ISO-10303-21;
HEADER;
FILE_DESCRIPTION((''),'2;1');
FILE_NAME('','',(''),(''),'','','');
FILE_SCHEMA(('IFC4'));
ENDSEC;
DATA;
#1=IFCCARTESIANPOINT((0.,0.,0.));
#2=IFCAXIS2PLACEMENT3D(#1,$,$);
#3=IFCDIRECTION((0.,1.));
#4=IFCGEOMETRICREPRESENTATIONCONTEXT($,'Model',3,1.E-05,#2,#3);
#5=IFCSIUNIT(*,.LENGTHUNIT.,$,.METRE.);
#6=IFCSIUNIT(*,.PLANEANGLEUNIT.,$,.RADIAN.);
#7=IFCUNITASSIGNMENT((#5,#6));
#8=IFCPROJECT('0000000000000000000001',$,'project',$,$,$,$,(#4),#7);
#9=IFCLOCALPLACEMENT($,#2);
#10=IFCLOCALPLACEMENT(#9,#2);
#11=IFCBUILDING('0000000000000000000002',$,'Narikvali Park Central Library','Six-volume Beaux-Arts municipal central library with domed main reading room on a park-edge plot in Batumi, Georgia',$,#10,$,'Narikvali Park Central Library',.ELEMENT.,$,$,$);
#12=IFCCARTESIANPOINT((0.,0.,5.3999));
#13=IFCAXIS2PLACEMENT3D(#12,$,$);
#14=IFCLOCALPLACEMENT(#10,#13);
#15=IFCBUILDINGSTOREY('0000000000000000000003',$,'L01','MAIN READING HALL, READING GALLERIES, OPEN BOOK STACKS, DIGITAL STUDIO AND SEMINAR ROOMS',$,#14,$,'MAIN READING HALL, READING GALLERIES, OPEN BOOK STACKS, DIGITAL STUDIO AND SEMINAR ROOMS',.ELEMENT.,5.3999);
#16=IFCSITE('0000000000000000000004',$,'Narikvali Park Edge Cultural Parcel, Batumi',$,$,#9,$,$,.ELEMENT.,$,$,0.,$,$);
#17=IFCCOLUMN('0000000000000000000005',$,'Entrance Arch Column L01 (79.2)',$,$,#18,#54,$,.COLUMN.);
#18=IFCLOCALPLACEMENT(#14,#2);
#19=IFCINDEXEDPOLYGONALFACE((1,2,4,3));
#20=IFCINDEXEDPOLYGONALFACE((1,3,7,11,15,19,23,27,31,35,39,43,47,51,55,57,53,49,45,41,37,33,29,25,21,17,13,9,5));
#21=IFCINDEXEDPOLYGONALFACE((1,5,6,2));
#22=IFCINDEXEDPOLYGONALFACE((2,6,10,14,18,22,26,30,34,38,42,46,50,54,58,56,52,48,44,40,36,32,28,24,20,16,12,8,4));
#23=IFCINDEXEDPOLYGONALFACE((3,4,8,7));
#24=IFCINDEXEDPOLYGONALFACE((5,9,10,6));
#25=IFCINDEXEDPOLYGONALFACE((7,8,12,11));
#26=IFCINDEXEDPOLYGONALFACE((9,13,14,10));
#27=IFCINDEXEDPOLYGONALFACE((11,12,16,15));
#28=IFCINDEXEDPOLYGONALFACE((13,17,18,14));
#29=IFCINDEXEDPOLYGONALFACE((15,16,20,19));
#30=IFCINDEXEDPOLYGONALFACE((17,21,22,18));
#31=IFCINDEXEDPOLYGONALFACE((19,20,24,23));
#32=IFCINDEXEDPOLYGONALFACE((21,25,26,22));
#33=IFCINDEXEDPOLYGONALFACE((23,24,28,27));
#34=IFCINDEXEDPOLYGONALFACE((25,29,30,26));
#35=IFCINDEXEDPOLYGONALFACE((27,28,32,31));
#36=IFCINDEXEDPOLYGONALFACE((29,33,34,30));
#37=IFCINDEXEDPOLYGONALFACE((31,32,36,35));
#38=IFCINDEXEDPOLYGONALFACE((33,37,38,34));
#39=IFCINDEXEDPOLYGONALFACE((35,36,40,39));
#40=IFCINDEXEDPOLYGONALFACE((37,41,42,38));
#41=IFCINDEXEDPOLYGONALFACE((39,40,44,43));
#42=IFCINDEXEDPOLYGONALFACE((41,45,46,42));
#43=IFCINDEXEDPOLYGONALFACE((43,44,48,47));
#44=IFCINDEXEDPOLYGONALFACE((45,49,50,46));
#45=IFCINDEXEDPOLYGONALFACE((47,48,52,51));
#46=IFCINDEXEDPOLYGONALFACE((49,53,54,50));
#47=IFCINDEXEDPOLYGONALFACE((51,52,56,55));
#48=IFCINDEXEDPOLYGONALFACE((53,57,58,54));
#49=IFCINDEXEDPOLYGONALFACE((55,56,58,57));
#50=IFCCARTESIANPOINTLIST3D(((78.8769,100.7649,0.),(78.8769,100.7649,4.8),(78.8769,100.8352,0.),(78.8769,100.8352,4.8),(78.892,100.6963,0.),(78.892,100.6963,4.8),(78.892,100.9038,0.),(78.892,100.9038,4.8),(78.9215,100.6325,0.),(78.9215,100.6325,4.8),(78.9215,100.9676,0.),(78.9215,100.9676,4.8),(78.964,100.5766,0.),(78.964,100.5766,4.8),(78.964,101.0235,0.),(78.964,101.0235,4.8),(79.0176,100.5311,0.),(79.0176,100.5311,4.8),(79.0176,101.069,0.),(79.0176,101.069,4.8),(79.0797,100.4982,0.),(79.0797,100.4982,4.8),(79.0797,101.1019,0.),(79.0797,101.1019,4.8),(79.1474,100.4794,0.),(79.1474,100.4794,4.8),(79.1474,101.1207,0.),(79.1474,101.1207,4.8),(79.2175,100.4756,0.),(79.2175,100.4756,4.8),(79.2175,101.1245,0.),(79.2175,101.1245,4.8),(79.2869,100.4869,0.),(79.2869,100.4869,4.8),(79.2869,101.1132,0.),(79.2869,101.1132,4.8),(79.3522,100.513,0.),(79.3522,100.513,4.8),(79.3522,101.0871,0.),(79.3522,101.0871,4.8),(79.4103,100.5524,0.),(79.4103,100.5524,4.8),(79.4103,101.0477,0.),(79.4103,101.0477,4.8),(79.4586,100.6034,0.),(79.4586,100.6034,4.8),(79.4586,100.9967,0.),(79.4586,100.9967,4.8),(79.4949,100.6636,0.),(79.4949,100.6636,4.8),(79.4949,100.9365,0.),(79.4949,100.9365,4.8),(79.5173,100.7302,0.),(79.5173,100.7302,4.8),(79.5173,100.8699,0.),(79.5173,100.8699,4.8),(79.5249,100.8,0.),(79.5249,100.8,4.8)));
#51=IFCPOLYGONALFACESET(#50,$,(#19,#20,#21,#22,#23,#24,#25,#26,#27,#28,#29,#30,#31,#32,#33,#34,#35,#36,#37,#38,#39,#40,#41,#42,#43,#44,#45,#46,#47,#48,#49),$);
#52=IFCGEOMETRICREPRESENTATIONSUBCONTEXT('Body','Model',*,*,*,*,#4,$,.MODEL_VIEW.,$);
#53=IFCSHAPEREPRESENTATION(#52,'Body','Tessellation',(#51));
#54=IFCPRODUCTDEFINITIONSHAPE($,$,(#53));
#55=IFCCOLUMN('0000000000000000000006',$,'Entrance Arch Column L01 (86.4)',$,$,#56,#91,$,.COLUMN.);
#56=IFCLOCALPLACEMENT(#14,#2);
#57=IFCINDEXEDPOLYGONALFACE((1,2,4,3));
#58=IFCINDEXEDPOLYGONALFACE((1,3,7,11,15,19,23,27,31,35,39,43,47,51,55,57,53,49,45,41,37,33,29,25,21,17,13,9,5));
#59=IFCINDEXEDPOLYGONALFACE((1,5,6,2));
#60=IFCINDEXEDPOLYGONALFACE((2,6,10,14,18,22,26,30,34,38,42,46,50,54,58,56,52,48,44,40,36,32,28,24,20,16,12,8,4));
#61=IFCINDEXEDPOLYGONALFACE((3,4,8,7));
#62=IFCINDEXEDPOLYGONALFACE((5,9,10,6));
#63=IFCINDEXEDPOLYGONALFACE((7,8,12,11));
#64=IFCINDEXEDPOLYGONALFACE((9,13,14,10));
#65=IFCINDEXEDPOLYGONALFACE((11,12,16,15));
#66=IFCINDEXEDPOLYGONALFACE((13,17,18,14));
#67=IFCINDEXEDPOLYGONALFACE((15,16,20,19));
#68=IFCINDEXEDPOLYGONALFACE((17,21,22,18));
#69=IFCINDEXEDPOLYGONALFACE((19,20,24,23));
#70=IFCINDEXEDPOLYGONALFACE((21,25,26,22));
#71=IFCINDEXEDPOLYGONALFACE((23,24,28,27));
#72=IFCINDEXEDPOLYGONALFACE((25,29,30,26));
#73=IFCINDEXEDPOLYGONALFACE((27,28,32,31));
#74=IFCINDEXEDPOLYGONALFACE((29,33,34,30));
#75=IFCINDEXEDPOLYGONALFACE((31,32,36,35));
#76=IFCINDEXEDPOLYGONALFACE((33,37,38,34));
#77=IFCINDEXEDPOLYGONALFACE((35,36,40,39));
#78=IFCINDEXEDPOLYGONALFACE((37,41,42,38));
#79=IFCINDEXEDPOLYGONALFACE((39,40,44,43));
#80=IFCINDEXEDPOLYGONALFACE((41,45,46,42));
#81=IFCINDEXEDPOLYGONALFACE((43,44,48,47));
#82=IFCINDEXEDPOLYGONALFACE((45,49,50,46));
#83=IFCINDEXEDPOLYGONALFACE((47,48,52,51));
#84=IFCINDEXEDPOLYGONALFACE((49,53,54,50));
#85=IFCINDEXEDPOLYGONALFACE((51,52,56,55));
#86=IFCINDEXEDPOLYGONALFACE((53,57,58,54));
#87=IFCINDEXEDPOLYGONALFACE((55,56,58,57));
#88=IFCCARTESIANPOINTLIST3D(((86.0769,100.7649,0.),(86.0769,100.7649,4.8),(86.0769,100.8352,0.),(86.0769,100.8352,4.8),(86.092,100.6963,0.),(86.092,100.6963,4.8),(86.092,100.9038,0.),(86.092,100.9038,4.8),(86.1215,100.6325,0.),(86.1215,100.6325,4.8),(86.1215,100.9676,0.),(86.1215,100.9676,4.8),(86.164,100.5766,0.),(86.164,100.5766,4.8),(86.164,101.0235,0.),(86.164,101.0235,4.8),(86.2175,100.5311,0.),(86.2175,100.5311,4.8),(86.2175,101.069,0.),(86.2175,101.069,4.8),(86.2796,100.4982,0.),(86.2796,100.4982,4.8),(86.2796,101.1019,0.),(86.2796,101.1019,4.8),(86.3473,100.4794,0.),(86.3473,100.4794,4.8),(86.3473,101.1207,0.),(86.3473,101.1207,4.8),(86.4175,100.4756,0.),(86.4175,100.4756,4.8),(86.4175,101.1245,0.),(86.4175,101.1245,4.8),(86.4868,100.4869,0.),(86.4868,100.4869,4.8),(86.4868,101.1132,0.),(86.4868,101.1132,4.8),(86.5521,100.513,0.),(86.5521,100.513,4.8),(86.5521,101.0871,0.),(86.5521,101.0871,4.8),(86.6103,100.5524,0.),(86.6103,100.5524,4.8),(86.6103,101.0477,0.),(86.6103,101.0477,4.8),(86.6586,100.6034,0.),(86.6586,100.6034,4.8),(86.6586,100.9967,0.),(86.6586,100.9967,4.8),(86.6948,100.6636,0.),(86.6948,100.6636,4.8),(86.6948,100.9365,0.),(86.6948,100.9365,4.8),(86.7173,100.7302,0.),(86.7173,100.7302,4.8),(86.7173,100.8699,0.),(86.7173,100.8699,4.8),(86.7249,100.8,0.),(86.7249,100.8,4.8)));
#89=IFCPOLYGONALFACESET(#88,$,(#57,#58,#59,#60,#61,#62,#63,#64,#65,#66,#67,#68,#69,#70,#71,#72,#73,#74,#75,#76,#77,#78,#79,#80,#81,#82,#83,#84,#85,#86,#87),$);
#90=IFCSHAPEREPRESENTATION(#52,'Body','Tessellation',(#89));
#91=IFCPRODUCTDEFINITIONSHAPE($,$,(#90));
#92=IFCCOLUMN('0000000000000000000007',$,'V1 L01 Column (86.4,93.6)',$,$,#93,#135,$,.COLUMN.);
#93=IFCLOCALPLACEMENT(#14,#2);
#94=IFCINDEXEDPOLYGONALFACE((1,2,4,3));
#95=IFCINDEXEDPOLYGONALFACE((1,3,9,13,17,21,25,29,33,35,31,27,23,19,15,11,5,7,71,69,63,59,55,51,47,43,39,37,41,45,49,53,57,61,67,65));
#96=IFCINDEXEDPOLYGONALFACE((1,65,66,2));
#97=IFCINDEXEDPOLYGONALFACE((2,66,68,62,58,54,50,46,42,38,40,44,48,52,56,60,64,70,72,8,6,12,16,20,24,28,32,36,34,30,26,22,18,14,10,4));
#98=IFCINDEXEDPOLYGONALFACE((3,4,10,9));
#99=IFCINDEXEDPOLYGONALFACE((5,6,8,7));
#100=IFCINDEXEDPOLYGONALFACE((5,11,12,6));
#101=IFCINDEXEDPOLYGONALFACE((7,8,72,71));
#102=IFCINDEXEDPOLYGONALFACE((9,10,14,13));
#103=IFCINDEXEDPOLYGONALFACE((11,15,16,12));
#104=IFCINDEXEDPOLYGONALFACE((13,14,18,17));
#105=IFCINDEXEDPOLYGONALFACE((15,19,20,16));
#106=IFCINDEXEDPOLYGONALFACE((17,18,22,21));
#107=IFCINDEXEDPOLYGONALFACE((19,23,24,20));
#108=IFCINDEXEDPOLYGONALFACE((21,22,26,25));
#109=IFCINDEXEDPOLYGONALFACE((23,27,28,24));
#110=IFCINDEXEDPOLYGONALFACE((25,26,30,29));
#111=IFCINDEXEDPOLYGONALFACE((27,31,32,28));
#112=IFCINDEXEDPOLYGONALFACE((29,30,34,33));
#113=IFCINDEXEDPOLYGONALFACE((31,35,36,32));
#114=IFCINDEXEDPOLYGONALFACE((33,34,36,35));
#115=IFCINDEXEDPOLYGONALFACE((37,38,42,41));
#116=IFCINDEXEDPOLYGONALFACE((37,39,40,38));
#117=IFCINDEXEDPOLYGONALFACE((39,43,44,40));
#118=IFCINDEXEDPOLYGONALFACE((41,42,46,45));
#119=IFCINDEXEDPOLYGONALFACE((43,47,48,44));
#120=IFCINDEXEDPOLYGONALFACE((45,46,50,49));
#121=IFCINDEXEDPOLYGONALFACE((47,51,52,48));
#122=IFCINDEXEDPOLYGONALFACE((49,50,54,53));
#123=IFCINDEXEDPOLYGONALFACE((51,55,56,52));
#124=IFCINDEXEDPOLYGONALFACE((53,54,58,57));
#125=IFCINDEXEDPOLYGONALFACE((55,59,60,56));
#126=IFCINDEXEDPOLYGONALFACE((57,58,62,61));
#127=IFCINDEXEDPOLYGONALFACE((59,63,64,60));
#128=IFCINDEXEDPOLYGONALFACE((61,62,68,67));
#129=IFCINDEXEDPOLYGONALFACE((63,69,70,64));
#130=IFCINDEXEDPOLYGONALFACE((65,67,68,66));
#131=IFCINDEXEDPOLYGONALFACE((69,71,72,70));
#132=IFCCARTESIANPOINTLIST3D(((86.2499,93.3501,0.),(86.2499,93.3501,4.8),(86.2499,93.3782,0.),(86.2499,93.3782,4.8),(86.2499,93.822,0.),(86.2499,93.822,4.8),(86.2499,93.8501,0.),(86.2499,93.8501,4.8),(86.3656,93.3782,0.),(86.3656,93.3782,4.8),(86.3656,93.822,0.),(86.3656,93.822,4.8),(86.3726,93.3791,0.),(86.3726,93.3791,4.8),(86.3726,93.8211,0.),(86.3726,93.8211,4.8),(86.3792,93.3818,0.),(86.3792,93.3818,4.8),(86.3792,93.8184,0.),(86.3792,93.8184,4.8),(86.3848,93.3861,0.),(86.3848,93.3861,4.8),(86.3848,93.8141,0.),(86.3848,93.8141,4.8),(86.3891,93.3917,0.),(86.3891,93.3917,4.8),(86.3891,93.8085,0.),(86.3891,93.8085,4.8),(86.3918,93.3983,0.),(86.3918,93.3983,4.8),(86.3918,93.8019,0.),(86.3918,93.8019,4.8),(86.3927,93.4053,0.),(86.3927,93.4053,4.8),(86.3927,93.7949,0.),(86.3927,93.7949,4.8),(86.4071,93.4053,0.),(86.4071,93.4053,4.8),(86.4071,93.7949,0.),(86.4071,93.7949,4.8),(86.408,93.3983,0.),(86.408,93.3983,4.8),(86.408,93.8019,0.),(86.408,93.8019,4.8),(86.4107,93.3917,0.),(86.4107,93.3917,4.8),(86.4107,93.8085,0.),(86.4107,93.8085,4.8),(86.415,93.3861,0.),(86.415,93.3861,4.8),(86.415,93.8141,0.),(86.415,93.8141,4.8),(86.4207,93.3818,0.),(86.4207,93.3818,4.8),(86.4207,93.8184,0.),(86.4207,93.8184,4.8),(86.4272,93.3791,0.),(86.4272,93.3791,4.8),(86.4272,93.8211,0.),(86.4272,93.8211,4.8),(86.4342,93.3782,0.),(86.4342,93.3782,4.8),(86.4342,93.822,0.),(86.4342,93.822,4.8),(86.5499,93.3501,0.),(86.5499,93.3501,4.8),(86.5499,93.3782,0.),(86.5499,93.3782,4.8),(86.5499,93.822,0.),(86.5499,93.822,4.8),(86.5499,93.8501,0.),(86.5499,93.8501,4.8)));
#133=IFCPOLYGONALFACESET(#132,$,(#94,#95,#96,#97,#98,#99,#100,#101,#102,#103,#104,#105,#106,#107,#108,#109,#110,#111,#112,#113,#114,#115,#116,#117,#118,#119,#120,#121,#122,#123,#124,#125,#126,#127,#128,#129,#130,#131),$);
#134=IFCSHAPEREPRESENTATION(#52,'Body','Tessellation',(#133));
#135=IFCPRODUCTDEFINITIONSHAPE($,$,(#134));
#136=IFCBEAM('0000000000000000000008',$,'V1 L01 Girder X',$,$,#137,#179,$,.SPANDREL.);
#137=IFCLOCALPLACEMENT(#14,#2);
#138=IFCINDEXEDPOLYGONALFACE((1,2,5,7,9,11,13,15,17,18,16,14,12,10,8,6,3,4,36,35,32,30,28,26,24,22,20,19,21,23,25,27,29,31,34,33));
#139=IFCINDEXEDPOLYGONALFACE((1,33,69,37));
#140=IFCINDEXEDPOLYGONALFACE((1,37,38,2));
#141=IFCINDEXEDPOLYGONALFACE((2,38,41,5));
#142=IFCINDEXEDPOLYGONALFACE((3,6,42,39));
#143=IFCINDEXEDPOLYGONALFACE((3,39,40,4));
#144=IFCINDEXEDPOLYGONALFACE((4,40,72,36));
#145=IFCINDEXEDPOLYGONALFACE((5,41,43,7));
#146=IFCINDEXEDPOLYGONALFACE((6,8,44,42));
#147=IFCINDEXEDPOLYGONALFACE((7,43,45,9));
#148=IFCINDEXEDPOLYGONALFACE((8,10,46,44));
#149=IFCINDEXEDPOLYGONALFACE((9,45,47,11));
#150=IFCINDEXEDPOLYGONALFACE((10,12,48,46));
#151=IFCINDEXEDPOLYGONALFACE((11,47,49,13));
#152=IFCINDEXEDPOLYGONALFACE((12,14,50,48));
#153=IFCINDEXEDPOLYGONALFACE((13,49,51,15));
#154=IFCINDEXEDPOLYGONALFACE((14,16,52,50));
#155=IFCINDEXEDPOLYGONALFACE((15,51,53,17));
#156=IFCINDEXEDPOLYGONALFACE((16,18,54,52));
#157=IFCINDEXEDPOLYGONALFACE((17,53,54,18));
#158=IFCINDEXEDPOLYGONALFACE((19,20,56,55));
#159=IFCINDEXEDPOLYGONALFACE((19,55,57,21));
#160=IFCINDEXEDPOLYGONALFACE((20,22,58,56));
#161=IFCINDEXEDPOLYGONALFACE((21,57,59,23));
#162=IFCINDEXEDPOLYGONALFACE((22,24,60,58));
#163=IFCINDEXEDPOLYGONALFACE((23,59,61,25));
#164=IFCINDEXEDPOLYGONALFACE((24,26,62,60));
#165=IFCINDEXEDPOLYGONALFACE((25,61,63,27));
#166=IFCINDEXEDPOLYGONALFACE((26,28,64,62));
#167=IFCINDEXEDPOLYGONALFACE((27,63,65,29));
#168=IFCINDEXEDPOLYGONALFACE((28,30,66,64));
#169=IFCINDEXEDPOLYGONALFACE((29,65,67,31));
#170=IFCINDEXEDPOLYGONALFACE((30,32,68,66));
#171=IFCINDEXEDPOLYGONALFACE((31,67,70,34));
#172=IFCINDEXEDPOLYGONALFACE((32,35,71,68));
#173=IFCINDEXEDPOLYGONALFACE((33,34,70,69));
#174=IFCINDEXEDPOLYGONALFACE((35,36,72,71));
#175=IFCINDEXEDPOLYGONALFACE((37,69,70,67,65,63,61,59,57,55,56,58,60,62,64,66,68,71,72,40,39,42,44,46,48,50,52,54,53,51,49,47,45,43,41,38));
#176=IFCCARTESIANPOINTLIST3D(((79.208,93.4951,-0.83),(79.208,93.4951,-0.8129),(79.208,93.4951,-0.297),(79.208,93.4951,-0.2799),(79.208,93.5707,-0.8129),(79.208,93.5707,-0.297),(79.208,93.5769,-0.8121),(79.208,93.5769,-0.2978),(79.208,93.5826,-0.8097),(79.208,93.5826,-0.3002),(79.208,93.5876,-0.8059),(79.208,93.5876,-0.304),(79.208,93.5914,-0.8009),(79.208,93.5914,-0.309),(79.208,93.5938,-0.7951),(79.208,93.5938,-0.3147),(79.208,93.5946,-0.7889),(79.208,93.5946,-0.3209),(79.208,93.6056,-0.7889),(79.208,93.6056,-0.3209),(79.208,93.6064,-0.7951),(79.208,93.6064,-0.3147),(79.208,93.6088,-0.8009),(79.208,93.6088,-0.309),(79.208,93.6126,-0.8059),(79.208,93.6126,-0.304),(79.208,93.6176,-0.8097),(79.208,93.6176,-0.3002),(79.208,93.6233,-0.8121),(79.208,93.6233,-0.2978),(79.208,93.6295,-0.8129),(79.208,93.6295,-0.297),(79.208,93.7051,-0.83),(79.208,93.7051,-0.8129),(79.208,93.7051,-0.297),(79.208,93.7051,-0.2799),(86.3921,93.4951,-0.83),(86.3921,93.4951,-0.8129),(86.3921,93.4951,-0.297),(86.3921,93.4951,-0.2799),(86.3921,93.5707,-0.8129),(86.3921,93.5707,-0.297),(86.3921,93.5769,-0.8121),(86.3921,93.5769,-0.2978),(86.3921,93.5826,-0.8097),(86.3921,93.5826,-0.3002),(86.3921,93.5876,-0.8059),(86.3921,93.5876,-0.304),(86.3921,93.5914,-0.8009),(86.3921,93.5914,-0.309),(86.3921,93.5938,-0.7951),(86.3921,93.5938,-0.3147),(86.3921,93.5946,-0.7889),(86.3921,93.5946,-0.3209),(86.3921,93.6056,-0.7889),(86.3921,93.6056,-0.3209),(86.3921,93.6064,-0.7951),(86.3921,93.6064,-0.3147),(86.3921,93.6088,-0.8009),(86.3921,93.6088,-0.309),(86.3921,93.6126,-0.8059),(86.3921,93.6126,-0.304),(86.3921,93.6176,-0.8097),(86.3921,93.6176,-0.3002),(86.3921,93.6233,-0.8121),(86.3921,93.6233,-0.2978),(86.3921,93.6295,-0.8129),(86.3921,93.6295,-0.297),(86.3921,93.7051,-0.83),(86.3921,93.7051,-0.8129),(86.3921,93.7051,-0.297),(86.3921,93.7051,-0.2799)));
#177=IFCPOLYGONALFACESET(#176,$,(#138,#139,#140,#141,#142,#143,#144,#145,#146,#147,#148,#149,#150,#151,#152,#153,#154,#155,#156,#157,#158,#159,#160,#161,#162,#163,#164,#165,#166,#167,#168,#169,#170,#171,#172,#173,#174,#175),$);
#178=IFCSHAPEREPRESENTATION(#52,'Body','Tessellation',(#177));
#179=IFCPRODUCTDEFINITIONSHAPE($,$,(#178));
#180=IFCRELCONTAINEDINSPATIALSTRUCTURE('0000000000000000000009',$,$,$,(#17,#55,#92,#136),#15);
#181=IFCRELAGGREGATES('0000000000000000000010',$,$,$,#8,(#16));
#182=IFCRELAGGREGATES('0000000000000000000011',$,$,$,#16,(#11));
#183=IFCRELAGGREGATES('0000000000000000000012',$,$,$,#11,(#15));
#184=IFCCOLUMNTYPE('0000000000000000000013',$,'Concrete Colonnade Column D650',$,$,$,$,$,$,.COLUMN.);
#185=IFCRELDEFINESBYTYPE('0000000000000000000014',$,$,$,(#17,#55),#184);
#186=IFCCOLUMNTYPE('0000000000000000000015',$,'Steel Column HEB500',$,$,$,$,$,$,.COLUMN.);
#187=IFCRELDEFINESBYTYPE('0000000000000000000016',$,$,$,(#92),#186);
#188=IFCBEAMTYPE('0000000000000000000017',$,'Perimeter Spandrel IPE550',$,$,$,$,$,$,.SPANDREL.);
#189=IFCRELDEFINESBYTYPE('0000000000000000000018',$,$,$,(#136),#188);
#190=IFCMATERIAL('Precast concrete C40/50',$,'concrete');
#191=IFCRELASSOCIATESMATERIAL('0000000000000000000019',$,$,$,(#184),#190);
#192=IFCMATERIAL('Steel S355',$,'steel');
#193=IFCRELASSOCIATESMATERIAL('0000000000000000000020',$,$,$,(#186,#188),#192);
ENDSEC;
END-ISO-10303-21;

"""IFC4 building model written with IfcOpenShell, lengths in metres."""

from ifc_helpers import new_model, si_unit, direction, frame, origin, origin_2d, place, context, subcontext, project, spatial, circle, i_section, extrude, material, material_profile, profile_set, type_object, element, save


model = new_model("IFC4")

# Units and contexts
model_context = context("Model", 3, precision=1e-05, world=origin(), true_north=direction((0.0, 1.0)))
body_context = subcontext(model_context, "Body", "Model", "MODEL_VIEW")
ifc_project = project(units=[si_unit("LENGTHUNIT", "METRE"), si_unit("PLANEANGLEUNIT", "RADIAN")], contexts=[model_context])

# Site, building, storey
site_placement = place(None, origin())
site = spatial("IfcSite", under=ifc_project, at=site_placement, Name="Narikvali Park Edge Cultural Parcel, Batumi", CompositionType="ELEMENT", RefElevation=0.0)
building_placement = place(site_placement, origin())
building = spatial("IfcBuilding", under=site, at=building_placement, Name="Narikvali Park Central Library", Description="Six-volume Beaux-Arts municipal central library with domed main reading room on a park-edge plot in Batumi, Georgia", LongName="Narikvali Park Central Library", CompositionType="ELEMENT")
storey_placement = place(building_placement, frame((0.0, 0.0, 5.3999)))
storey = spatial("IfcBuildingStorey", under=building, at=storey_placement, Name="L01", Description="MAIN READING HALL, READING GALLERIES, OPEN BOOK STACKS, DIGITAL STUDIO AND SEMINAR ROOMS", LongName="MAIN READING HALL, READING GALLERIES, OPEN BOOK STACKS, DIGITAL STUDIO AND SEMINAR ROOMS", CompositionType="ELEMENT", Elevation=5.3999)

# Columns
ifc_material_1 = material(Name="Precast concrete C40/50", Category="concrete")
ifc_material_profile_1 = material_profile(ifc_material_1, circle(Radius=0.325, at=origin_2d()), Name="COL D650")
ifc_profile_set_1 = profile_set([ifc_material_profile_1], Name="Precast concrete C40/50")
column_type_1 = type_object("IfcColumnType", Name="Concrete Colonnade Column D650", PredefinedType="COLUMN", material=ifc_profile_set_1)
for number, where, z_axis, x_axis, name in (
    (1, (79.2, 100.8, 0.0), (0.0, 0.0, 1.0), (1.0, 0.0, 0.0), "Entrance Arch Column L01 (79.2)"),
    (2, (86.3999, 100.8, 0.0), (0.0, 0.0, 1.0), (1.0, 0.0, 0.0), "Entrance Arch Column L01 (86.4)"),
):
    element("IfcColumn", number, at=place(storey_placement, frame(where, z_axis=z_axis, x_axis=x_axis)), inside=storey, type_object=column_type_1, Name=name, PredefinedType="COLUMN", context=body_context, shape_type="SweptSolid", body=[
        extrude(circle(Radius=0.325, at=origin_2d()), origin(), (0.0, 0.0, 1.0), 4.8),
    ])
ifc_material_2 = material(Name="Steel S355", Category="steel")
ifc_material_profile_2 = material_profile(ifc_material_2, i_section(OverallWidth=0.3, OverallDepth=0.5, WebThickness=0.0144, FlangeThickness=0.0281, FilletRadius=0.0271, at=origin_2d()), Name="HEB 500")
ifc_profile_set_2 = profile_set([ifc_material_profile_2], Name="Steel S355")
column_type_2 = type_object("IfcColumnType", Name="Steel Column HEB500", PredefinedType="COLUMN", material=ifc_profile_set_2)
column_placement = place(storey_placement, frame((86.3999, 93.6001, 0.0), z_axis=(0.0, 0.0, 1.0), x_axis=(1.0, 0.0, 0.0)))
element("IfcColumn", 3, at=column_placement, inside=storey, type_object=column_type_2, Name="V1 L01 Column (86.4,93.6)", PredefinedType="COLUMN", context=body_context, shape_type="SweptSolid", body=[
    extrude(i_section(OverallWidth=0.3, OverallDepth=0.5, WebThickness=0.0144, FlangeThickness=0.0281, FilletRadius=0.0271, at=origin_2d()), origin(), (0.0, 0.0, 1.0), 4.8),
])

# Beam
ifc_material_profile_3 = material_profile(ifc_material_2, i_section(OverallWidth=0.21, OverallDepth=0.55, WebThickness=0.011, FlangeThickness=0.0171, FilletRadius=0.0239, at=origin_2d()), Name="IPE 550")
ifc_profile_set_3 = profile_set([ifc_material_profile_3], Name="Steel S355")
beam_type_1 = type_object("IfcBeamType", Name="Perimeter Spandrel IPE550", PredefinedType="SPANDREL", material=ifc_profile_set_3)
for number, where, z_axis, x_axis, name in (
    (4, (79.208, 93.6001, -0.5549), (1.0, 0.0, 0.0), (0.0, 1.0, 0.0), "V1 L01 Girder X"),
):
    element("IfcBeam", number, at=place(storey_placement, frame(where, z_axis=z_axis, x_axis=x_axis)), inside=storey, type_object=beam_type_1, Name=name, PredefinedType="SPANDREL", context=body_context, shape_type="SweptSolid", body=[
        extrude(i_section(OverallWidth=0.21, OverallDepth=0.55, WebThickness=0.011, FlangeThickness=0.0171, FilletRadius=0.0239, at=origin_2d()), origin(), (0.0, 0.0, 1.0), 7.1841),
    ])

save(model, "model.ifc")
